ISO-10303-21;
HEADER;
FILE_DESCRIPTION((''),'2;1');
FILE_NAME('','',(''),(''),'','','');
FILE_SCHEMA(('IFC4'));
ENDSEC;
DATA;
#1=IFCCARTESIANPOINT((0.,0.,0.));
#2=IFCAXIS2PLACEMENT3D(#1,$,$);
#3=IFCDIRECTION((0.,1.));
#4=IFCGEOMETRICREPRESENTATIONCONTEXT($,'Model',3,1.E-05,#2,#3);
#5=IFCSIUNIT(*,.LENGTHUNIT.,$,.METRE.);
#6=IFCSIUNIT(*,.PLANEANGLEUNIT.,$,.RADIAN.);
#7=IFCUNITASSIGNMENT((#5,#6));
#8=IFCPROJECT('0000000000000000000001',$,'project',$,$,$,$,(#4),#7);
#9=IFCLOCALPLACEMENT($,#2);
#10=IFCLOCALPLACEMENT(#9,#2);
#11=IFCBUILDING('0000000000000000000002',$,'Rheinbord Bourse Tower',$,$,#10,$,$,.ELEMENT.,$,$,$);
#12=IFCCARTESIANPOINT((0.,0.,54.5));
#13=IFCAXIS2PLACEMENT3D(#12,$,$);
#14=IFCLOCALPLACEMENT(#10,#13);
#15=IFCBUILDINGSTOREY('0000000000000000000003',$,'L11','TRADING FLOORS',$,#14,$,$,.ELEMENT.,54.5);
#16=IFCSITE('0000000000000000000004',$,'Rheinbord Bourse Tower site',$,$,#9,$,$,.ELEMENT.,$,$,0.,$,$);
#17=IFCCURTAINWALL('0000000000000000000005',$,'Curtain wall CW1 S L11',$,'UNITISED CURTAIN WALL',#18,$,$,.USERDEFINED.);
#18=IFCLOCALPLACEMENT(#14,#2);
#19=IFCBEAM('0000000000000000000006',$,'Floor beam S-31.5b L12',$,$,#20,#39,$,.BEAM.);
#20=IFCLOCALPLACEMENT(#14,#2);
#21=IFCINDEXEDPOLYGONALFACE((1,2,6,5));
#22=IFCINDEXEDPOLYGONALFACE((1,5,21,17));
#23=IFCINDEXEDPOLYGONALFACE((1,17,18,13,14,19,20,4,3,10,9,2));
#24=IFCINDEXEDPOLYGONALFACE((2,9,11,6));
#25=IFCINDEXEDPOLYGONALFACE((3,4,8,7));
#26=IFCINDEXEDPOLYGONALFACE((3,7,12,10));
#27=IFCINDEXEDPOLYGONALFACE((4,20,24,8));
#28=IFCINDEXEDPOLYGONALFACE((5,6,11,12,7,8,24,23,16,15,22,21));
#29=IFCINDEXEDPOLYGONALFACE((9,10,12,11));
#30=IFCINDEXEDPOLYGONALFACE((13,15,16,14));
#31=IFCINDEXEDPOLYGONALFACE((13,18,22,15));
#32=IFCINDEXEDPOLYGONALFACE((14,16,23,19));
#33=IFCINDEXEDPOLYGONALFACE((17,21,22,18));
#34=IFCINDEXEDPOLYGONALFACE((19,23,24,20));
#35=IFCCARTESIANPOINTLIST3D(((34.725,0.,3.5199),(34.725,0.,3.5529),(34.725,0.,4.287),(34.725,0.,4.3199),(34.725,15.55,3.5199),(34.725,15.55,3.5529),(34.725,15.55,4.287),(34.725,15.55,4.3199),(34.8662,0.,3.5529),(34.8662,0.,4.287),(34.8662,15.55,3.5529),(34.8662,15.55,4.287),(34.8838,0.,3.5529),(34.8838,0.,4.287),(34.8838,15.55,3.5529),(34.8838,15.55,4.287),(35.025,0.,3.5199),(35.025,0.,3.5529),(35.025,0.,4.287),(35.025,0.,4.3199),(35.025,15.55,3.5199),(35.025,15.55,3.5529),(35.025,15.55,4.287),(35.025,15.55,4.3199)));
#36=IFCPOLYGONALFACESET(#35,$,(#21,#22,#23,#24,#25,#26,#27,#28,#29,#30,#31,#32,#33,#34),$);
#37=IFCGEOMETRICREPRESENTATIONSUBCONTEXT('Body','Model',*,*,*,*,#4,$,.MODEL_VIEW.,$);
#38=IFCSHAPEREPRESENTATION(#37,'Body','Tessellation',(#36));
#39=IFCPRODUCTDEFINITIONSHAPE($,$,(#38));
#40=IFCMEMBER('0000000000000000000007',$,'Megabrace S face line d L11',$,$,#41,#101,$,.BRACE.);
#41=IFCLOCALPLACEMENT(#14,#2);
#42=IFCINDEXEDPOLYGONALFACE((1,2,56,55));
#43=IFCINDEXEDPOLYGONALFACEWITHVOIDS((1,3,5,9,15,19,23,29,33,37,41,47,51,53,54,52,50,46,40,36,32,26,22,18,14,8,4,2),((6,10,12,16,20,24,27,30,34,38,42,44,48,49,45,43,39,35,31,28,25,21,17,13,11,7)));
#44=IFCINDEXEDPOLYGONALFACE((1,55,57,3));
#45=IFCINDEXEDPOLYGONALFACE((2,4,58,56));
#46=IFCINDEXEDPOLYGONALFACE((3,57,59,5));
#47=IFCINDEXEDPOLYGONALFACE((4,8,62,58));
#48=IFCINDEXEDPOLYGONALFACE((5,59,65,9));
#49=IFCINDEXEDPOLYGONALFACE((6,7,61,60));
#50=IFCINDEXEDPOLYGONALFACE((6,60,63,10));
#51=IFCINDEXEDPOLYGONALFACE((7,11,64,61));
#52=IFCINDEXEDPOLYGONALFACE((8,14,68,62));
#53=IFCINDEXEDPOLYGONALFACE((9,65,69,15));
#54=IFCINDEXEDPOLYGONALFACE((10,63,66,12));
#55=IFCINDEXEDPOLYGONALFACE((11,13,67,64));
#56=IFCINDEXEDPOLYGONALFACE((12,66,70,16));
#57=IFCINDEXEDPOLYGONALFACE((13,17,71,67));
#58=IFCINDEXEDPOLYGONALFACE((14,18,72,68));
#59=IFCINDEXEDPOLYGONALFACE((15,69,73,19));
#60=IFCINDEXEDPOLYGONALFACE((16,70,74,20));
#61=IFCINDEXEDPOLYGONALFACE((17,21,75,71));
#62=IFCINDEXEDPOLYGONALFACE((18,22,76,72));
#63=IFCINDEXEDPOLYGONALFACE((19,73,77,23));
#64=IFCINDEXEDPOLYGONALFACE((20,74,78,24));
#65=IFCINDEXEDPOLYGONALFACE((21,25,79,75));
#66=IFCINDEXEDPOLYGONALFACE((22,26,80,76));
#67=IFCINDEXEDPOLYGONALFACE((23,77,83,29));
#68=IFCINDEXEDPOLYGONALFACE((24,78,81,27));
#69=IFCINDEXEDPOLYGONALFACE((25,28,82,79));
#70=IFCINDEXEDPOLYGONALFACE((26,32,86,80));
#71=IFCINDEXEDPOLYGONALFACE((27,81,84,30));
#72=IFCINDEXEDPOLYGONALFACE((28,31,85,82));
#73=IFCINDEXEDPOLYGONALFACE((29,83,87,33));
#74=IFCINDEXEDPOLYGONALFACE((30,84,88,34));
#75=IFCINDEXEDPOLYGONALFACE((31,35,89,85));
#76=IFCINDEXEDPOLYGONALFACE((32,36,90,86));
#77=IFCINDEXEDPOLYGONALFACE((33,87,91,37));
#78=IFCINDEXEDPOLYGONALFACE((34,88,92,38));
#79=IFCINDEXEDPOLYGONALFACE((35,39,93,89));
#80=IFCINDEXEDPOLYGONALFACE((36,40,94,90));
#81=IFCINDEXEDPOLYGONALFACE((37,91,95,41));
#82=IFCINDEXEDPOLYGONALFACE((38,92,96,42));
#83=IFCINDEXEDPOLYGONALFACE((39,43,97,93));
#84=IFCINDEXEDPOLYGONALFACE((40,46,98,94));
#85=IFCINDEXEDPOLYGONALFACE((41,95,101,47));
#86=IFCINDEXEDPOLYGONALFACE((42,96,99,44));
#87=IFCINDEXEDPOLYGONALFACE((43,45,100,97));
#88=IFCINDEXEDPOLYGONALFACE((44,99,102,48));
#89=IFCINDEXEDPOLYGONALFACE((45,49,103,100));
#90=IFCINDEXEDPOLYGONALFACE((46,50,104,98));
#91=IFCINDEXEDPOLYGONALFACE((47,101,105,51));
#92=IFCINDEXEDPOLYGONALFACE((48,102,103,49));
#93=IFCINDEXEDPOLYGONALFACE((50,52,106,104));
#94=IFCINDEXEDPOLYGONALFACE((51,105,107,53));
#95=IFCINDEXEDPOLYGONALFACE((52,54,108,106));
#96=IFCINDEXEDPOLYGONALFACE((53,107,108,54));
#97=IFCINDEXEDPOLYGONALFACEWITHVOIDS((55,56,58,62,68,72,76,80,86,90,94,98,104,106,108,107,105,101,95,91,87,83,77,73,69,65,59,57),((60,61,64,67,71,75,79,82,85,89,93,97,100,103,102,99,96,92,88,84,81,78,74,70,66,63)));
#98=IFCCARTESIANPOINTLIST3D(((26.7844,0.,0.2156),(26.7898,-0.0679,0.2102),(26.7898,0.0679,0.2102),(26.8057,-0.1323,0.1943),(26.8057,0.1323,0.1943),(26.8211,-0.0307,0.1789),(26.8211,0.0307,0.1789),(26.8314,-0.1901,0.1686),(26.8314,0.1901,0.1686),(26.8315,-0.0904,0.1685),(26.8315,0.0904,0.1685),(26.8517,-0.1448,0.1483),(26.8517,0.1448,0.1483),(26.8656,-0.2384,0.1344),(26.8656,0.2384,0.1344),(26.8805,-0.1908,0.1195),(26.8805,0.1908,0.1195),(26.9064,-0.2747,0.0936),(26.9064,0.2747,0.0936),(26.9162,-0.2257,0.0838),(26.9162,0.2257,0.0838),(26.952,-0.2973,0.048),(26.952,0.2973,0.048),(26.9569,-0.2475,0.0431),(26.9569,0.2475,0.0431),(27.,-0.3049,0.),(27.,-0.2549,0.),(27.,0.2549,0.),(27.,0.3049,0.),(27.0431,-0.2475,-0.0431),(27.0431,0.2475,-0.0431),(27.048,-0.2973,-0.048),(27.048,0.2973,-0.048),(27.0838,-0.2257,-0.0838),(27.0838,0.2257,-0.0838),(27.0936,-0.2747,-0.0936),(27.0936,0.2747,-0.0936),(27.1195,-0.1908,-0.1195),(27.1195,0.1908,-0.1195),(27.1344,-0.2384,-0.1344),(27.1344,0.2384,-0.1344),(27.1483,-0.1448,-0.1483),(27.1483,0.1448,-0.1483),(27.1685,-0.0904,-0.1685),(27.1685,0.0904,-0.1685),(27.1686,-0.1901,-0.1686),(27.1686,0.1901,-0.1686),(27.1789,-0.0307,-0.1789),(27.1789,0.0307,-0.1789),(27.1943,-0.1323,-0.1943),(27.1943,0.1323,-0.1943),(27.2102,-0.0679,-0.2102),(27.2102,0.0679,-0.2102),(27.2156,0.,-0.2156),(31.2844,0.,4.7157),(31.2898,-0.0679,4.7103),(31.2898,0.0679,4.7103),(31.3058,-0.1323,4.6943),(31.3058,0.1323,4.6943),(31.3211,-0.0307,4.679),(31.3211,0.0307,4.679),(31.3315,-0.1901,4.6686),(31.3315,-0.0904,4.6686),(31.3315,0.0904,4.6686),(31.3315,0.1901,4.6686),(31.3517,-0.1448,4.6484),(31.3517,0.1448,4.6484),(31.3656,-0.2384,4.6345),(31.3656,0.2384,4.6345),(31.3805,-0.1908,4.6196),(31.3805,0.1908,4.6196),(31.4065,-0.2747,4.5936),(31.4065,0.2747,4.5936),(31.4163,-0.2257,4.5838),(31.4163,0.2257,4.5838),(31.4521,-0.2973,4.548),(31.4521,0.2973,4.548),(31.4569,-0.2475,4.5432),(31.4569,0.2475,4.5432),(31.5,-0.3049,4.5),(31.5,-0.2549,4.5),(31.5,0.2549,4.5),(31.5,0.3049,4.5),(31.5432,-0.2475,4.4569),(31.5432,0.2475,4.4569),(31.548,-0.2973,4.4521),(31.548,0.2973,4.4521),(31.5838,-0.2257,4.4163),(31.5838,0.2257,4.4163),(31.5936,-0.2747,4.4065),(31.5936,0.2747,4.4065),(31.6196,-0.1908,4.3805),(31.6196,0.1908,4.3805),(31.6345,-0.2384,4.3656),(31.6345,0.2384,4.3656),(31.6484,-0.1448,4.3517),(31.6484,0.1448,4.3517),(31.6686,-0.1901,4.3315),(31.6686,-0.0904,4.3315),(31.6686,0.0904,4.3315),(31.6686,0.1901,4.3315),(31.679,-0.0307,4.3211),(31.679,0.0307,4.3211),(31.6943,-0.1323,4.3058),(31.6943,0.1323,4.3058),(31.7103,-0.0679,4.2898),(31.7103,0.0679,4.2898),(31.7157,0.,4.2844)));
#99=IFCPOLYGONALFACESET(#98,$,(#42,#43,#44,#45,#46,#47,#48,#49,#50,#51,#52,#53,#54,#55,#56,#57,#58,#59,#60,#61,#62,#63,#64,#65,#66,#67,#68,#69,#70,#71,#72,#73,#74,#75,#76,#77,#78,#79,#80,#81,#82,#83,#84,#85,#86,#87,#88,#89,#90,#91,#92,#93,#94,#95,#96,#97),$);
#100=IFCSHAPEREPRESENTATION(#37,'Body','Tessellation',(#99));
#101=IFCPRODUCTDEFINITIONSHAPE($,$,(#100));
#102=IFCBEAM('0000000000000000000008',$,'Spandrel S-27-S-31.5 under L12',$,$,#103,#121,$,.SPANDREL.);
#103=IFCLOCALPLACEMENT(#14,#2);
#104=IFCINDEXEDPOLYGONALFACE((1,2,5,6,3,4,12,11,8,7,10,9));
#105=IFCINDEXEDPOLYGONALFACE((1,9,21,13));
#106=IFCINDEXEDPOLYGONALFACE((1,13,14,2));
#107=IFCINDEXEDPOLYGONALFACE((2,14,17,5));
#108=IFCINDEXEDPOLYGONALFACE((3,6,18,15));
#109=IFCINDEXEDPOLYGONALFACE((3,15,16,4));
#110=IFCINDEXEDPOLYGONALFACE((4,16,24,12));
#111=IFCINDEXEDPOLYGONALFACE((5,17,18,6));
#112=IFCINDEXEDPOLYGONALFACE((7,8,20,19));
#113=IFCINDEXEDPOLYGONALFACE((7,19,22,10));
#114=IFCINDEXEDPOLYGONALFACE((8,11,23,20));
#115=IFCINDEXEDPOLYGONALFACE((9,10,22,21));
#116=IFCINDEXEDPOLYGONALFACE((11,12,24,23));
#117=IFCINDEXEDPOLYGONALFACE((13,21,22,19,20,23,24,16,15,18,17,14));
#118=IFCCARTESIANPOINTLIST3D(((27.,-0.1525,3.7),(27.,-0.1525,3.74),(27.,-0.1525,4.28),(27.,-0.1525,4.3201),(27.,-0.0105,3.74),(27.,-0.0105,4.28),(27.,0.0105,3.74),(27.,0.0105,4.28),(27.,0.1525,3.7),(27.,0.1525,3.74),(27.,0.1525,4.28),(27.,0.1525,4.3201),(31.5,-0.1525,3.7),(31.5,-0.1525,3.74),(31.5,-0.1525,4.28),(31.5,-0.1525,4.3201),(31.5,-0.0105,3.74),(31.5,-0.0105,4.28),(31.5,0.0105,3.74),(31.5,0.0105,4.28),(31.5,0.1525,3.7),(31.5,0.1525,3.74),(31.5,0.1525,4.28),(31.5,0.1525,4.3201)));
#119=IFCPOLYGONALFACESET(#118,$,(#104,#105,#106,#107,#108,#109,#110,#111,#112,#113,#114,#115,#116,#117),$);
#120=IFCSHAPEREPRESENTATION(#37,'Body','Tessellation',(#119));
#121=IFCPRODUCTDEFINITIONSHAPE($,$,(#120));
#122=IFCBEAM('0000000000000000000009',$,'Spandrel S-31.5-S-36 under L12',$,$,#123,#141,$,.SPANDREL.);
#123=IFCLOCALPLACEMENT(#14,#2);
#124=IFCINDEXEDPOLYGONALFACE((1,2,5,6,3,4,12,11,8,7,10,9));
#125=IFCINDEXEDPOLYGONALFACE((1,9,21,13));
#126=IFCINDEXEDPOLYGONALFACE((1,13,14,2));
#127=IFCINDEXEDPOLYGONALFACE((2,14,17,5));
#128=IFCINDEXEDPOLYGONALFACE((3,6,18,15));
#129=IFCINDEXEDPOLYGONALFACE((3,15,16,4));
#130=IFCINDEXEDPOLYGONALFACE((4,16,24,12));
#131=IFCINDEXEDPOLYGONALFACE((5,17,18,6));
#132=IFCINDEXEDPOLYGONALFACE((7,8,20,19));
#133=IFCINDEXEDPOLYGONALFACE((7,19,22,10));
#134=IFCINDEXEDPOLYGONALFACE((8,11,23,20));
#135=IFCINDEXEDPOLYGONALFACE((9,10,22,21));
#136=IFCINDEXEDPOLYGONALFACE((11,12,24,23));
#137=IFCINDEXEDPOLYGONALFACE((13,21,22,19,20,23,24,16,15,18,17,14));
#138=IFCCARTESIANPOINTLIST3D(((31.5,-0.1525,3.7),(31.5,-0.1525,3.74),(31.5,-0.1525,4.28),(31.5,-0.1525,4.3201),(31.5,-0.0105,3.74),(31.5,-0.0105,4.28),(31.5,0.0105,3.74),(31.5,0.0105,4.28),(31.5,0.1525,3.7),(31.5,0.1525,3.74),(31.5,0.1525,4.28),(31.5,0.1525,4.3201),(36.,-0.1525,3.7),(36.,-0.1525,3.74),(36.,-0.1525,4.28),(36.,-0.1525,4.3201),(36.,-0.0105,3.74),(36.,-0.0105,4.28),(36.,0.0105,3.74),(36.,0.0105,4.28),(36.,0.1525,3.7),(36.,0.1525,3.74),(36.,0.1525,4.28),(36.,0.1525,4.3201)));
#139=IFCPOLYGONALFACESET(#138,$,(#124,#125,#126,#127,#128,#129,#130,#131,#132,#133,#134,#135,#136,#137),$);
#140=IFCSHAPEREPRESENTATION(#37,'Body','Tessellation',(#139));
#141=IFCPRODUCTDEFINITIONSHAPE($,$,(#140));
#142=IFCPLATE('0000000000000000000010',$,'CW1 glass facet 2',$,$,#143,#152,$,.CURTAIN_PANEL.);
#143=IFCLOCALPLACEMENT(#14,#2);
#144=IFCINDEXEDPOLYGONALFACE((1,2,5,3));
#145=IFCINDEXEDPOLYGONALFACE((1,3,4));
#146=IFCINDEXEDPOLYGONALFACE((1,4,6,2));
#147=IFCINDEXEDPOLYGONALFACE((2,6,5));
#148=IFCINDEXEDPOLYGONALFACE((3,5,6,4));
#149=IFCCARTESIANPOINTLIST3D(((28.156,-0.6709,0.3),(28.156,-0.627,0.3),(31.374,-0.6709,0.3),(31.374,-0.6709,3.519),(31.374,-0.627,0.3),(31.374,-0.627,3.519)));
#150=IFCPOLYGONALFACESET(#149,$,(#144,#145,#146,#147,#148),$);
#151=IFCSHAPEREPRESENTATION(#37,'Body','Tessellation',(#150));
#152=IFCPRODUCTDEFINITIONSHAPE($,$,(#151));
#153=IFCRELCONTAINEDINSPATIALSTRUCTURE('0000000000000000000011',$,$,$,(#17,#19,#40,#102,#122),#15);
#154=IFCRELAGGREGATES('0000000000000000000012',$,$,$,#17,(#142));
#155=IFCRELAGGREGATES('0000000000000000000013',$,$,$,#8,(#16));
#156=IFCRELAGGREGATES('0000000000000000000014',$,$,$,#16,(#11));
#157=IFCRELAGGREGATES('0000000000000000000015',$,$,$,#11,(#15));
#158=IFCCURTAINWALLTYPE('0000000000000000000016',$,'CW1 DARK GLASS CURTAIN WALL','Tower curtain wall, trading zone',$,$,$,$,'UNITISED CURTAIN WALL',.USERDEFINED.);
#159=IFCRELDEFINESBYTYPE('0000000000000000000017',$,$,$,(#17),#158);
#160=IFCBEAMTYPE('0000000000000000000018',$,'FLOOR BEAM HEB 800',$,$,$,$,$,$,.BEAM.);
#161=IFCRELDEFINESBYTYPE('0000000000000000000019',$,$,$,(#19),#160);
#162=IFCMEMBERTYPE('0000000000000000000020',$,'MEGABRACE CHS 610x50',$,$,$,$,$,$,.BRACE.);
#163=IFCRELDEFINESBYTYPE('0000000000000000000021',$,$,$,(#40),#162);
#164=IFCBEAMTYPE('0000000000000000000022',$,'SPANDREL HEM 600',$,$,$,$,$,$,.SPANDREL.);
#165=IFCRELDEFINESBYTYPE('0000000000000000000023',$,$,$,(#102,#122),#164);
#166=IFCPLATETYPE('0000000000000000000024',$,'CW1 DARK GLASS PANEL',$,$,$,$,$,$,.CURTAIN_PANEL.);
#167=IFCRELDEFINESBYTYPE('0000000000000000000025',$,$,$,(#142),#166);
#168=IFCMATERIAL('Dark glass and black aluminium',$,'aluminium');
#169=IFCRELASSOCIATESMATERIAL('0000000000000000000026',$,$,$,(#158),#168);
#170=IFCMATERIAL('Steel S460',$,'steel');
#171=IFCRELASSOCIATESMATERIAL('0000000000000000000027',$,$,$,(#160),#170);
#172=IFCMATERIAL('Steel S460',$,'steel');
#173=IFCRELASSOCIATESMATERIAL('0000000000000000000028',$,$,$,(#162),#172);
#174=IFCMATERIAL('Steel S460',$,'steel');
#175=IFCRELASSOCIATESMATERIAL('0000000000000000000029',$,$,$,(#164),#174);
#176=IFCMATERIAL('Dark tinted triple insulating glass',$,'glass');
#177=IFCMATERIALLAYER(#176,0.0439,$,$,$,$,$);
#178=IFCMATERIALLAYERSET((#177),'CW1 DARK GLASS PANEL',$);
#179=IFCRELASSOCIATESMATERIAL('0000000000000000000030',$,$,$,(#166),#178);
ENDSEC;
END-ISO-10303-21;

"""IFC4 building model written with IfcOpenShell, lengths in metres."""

from ifc_helpers import new_model, si_unit, direction, frame, origin, origin_2d, place, context, subcontext, project, spatial, polyline, hollow_circle, i_section, outline, extrude, material, layer, layer_set, material_profile, profile_set, type_object, element, aggregate, save


model = new_model("IFC4")

# Units and contexts
model_context = context("Model", 3, precision=1e-05, world=origin(), true_north=direction((0.0, 1.0)))
body_context = subcontext(model_context, "Body", "Model", "MODEL_VIEW")
ifc_project = project(units=[si_unit("LENGTHUNIT", "METRE"), si_unit("PLANEANGLEUNIT", "RADIAN")], contexts=[model_context])

# Site, building, storey
site_placement = place(None, origin())
site = spatial("IfcSite", under=ifc_project, at=site_placement, Name="Rheinbord Bourse Tower site", CompositionType="ELEMENT", RefElevation=0.0)
building_placement = place(site_placement, origin())
building = spatial("IfcBuilding", under=site, at=building_placement, Name="Rheinbord Bourse Tower", CompositionType="ELEMENT")
storey_placement = place(building_placement, frame((0.0, 0.0, 54.5)))
storey = spatial("IfcBuildingStorey", under=building, at=storey_placement, Name="L11", Description="TRADING FLOORS", CompositionType="ELEMENT", Elevation=54.5)

# Curtain wall
ifc_material_1 = material(Name="Dark glass and black aluminium", Category="aluminium")
curtain_wall_type = type_object("IfcCurtainWallType", Name="CW1 DARK GLASS CURTAIN WALL", Description="Tower curtain wall, trading zone", ElementType="UNITISED CURTAIN WALL", PredefinedType="USERDEFINED", material=ifc_material_1)
curtain_wall_placement = place(storey_placement, origin())
curtain_wall = element("IfcCurtainWall", 1, at=curtain_wall_placement, inside=storey, type_object=curtain_wall_type, Name="Curtain wall CW1 S L11", ObjectType="UNITISED CURTAIN WALL", PredefinedType="USERDEFINED")

# Beam
ifc_material_2 = material(Name="Steel S460", Category="steel")
ifc_material_profile_1 = material_profile(ifc_material_2, i_section(OverallWidth=0.3, OverallDepth=0.8, WebThickness=0.0176, FlangeThickness=0.033, at=origin_2d()), Name="HEB 800")
ifc_profile_set_1 = profile_set([ifc_material_profile_1], Name="Steel S460")
beam_type_1 = type_object("IfcBeamType", Name="FLOOR BEAM HEB 800", PredefinedType="BEAM", material=ifc_profile_set_1)
for number, where, z_axis, x_axis, name in (
    (2, (34.875, 0.0, 3.9199), (0.0, 1.0, 0.0), (-1.0, 0.0, 0.0), "Floor beam S-31.5b L12"),
):
    element("IfcBeam", number, at=place(storey_placement, frame(where, z_axis=z_axis, x_axis=x_axis)), inside=storey, type_object=beam_type_1, Name=name, PredefinedType="BEAM", context=body_context, shape_type="SweptSolid", body=[
        extrude(i_section(OverallWidth=0.3, OverallDepth=0.8, WebThickness=0.0176, FlangeThickness=0.033, at=origin_2d()), origin(), (0.0, 0.0, 1.0), 15.55),
    ])

# Member
ifc_material_3 = material(Name="Steel S460", Category="steel")
ifc_material_profile_2 = material_profile(ifc_material_3, hollow_circle(Radius=0.3049, WallThickness=0.05, at=origin_2d()), Name="CHS 610x50")
ifc_profile_set_2 = profile_set([ifc_material_profile_2], Name="Steel S460")
member_type_1 = type_object("IfcMemberType", Name="MEGABRACE CHS 610x50", PredefinedType="BRACE", material=ifc_profile_set_2)
member_1_placement = place(storey_placement, frame((27.0, 0.0, 0.0), z_axis=(0.707107, 0.0, 0.707107), x_axis=(0.0, 1.0, 0.0)))
element("IfcMember", 3, at=member_1_placement, inside=storey, type_object=member_type_1, Name="Megabrace S face line d L11", PredefinedType="BRACE", context=body_context, shape_type="SweptSolid", body=[
    extrude(hollow_circle(Radius=0.3049, WallThickness=0.05, at=origin_2d()), origin(), (0.0, 0.0, 1.0), 6.364),
])

# Beams
ifc_material_4 = material(Name="Steel S460", Category="steel")
ifc_material_profile_3 = material_profile(ifc_material_4, i_section(OverallWidth=0.3049, OverallDepth=0.6201, WebThickness=0.021, FlangeThickness=0.04, at=origin_2d()), Name="HEM 600")
ifc_profile_set_3 = profile_set([ifc_material_profile_3], Name="Steel S460")
beam_type_2 = type_object("IfcBeamType", Name="SPANDREL HEM 600", PredefinedType="SPANDREL", material=ifc_profile_set_3)
for number, where, z_axis, x_axis, name in (
    (4, (27.0, 0.0, 4.01), (1.0, 0.0, 0.0), (0.0, 1.0, 0.0), "Spandrel S-27-S-31.5 under L12"),
    (5, (31.5, 0.0, 4.01), (1.0, 0.0, 0.0), (0.0, 1.0, 0.0), "Spandrel S-31.5-S-36 under L12"),
):
    element("IfcBeam", number, at=place(storey_placement, frame(where, z_axis=z_axis, x_axis=x_axis)), inside=storey, type_object=beam_type_2, Name=name, PredefinedType="SPANDREL", context=body_context, shape_type="SweptSolid", body=[
        extrude(i_section(OverallWidth=0.3049, OverallDepth=0.6201, WebThickness=0.021, FlangeThickness=0.04, at=origin_2d()), origin(), (0.0, 0.0, 1.0), 4.5),
    ])

# Plate
ifc_material_5 = material(Name="Dark tinted triple insulating glass", Category="glass")
ifc_layer = layer(ifc_material_5, 0.0439)
ifc_layer_set = layer_set([ifc_layer], Name="CW1 DARK GLASS PANEL")
plate_type = type_object("IfcPlateType", Name="CW1 DARK GLASS PANEL", PredefinedType="CURTAIN_PANEL", material=ifc_layer_set)
plate_placement = place(storey_placement, frame((31.374, -0.6709, 0.3), z_axis=(0.0, 1.0, 0.0), x_axis=(-1.0, 0.0, 0.0)))
plate = element("IfcPlate", 6, at=plate_placement, type_object=plate_type, Name="CW1 glass facet 2", PredefinedType="CURTAIN_PANEL", context=body_context, shape_type="SweptSolid", body=[
    extrude(outline(polyline([(0.0, 0.0), (3.218, 0.0), (0.0, 3.219), (0.0, 0.0)])), origin(), (0.0, 0.0, 1.0), 0.0439),
])
aggregate(curtain_wall, [plate])

save(model, "model.ifc")
